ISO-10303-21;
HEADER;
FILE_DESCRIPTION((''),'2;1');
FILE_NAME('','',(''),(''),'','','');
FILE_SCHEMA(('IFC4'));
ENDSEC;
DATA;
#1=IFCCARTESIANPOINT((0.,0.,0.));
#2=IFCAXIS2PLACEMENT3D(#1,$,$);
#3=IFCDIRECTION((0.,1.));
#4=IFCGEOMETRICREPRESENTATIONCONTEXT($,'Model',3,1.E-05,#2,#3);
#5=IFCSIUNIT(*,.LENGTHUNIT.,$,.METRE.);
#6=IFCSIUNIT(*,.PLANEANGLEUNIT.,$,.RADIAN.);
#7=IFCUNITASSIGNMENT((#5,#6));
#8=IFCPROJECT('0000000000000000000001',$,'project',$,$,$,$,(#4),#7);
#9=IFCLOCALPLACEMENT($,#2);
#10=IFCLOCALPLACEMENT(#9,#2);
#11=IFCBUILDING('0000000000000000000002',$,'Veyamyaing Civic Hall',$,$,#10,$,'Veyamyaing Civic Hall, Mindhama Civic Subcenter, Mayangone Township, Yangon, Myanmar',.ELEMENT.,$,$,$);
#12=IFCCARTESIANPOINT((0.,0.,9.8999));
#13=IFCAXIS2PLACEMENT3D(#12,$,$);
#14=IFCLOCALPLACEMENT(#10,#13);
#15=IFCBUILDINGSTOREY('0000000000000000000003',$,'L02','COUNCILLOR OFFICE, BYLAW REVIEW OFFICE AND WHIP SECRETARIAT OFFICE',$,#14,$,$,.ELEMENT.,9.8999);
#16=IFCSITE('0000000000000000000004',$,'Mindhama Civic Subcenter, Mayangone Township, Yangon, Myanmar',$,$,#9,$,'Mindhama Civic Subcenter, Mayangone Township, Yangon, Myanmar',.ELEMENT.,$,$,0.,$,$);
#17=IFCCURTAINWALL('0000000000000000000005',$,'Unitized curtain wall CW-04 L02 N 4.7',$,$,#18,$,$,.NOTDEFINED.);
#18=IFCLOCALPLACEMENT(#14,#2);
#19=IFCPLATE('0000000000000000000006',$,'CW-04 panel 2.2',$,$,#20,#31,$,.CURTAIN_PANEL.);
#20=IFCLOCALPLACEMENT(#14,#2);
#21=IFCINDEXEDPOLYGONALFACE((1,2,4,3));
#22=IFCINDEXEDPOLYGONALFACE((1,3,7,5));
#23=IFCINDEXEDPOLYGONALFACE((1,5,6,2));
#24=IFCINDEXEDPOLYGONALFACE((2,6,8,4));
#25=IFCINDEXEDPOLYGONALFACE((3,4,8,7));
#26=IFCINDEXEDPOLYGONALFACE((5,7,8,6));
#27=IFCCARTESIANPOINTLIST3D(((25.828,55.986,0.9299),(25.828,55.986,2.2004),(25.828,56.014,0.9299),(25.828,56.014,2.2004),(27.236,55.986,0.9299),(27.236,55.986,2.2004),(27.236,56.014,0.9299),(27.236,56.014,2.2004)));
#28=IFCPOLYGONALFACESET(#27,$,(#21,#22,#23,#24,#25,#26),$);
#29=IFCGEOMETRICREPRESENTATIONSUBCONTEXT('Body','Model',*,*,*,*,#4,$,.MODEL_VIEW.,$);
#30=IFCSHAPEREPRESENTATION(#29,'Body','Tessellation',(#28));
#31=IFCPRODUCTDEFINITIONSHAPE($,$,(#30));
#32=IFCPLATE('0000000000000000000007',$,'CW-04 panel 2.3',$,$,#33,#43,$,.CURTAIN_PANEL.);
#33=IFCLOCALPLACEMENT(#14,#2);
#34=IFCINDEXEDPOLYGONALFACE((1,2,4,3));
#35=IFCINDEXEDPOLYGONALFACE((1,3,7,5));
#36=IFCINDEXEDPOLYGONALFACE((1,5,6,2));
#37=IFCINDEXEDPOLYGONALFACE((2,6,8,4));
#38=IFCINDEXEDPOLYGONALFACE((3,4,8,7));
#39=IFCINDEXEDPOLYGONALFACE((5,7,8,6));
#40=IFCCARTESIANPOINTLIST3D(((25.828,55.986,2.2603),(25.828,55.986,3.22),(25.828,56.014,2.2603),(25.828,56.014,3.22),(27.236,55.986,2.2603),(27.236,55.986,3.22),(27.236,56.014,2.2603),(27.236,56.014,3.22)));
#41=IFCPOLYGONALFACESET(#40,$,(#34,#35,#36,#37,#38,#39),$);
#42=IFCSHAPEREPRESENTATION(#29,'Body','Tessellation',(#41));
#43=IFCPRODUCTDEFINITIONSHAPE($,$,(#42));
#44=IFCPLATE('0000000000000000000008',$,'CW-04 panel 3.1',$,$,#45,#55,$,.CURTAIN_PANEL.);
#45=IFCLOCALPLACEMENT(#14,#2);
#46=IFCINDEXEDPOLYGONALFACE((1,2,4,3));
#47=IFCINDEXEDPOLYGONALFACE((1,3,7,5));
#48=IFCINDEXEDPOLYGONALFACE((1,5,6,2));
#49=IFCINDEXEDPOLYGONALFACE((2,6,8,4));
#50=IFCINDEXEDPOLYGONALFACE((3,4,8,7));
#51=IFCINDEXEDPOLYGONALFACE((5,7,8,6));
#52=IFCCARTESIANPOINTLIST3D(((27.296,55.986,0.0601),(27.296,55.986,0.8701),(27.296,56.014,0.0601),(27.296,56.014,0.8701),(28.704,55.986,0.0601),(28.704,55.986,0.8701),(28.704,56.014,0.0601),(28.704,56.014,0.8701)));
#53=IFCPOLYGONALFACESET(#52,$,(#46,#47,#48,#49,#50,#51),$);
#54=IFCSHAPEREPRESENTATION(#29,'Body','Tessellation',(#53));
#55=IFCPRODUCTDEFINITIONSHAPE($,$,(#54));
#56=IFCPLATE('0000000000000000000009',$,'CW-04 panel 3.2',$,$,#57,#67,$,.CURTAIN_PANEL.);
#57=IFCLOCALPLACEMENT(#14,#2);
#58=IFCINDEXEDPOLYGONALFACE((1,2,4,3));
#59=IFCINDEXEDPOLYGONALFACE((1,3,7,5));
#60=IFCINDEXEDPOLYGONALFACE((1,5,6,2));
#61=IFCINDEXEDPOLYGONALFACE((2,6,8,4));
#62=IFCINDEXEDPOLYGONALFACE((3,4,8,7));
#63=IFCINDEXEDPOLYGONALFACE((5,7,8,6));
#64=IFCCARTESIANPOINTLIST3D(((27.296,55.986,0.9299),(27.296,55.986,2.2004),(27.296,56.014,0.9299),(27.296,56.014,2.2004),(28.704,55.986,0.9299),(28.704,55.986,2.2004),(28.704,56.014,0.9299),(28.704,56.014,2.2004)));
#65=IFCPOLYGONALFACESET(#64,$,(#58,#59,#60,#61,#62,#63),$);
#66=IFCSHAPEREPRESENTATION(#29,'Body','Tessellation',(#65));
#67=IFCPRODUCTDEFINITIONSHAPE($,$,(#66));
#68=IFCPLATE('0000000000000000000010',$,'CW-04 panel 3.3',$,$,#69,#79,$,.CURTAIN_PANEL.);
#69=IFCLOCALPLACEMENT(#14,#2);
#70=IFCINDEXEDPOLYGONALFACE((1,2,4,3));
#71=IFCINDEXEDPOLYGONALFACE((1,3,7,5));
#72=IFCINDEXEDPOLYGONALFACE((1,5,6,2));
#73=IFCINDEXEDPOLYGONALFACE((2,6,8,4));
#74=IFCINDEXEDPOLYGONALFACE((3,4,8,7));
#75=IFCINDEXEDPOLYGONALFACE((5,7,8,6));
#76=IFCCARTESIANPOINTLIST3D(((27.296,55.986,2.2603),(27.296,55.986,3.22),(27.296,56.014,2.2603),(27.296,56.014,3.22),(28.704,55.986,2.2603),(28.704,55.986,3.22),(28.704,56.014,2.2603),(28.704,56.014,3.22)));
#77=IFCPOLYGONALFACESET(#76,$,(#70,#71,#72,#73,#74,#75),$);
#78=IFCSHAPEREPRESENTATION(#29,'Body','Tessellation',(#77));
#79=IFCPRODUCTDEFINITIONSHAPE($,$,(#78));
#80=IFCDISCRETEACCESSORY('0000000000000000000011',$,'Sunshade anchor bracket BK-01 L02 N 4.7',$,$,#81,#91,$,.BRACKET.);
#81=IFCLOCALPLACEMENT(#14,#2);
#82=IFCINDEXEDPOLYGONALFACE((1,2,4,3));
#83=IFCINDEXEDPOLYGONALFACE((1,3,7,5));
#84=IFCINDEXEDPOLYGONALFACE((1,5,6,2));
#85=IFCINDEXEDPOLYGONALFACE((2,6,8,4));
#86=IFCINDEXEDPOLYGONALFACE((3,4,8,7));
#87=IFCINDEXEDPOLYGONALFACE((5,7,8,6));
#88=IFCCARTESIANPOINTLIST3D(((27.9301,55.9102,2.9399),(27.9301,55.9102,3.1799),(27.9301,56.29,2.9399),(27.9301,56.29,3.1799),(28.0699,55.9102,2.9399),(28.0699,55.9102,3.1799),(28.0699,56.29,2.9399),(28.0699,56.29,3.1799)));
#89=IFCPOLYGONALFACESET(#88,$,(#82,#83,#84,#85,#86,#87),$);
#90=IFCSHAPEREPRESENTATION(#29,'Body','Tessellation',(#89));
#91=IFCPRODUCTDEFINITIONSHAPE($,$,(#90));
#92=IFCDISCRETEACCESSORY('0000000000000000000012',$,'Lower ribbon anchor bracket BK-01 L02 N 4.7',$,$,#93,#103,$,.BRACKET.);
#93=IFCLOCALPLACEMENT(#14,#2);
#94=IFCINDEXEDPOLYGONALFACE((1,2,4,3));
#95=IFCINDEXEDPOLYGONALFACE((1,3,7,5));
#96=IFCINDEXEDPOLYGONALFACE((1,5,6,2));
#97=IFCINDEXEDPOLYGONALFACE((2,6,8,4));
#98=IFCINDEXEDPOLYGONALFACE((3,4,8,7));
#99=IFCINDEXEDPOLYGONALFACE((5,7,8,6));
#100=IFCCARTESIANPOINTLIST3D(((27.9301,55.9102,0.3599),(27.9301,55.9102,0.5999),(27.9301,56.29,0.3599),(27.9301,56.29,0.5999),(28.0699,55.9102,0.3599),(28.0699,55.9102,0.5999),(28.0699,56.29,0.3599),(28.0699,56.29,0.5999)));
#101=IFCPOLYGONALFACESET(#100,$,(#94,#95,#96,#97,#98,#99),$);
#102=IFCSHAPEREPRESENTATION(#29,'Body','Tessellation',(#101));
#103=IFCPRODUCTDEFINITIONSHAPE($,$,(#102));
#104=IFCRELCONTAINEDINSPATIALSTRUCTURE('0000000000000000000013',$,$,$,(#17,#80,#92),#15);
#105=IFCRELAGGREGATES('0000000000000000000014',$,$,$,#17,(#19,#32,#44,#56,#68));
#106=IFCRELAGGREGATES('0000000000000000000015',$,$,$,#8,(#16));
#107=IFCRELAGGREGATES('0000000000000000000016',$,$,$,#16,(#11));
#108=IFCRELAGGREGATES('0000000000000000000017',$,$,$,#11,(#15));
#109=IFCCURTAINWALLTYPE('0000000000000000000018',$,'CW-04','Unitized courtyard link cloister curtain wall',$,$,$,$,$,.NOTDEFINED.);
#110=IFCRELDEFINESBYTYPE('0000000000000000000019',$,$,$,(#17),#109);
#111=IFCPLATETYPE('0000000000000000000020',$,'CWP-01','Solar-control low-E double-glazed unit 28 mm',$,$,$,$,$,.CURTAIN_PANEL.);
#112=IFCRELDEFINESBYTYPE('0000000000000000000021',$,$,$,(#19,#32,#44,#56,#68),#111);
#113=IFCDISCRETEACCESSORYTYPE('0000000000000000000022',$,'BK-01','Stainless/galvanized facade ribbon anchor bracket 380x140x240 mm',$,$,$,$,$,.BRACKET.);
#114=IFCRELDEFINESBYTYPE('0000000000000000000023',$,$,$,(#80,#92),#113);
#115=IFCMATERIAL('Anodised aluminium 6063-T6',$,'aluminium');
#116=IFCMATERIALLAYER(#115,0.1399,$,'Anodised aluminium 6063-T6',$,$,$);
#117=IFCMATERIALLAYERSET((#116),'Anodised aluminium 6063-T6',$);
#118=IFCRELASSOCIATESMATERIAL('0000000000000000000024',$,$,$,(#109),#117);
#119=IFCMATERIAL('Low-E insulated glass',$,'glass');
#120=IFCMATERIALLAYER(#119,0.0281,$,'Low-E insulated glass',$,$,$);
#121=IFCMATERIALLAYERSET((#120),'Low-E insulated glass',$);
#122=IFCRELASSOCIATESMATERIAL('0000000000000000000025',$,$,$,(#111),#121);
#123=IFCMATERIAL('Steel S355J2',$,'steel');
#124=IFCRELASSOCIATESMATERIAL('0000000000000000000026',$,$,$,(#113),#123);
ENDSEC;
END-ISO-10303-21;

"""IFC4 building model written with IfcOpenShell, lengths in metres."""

from ifc_helpers import new_model, si_unit, direction, frame, origin, origin_2d, place, context, subcontext, project, spatial, rectangle, extrude, material, layer, layer_set, type_object, element, aggregate, save


model = new_model("IFC4")

# Units and contexts
model_context = context("Model", 3, precision=1e-05, world=origin(), true_north=direction((0.0, 1.0)))
body_context = subcontext(model_context, "Body", "Model", "MODEL_VIEW")
ifc_project = project(units=[si_unit("LENGTHUNIT", "METRE"), si_unit("PLANEANGLEUNIT", "RADIAN")], contexts=[model_context])

# Site, building, storey
site_placement = place(None, origin())
site = spatial("IfcSite", under=ifc_project, at=site_placement, Name="Mindhama Civic Subcenter, Mayangone Township, Yangon, Myanmar", LongName="Mindhama Civic Subcenter, Mayangone Township, Yangon, Myanmar", CompositionType="ELEMENT", RefElevation=0.0)
building_placement = place(site_placement, origin())
building = spatial("IfcBuilding", under=site, at=building_placement, Name="Veyamyaing Civic Hall", LongName="Veyamyaing Civic Hall, Mindhama Civic Subcenter, Mayangone Township, Yangon, Myanmar", CompositionType="ELEMENT")
storey_placement = place(building_placement, frame((0.0, 0.0, 9.8999)))
storey = spatial("IfcBuildingStorey", under=building, at=storey_placement, Name="L02", Description="COUNCILLOR OFFICE, BYLAW REVIEW OFFICE AND WHIP SECRETARIAT OFFICE", CompositionType="ELEMENT", Elevation=9.8999)

# Curtain wall, plates
ifc_material_1 = material(Name="Anodised aluminium 6063-T6", Category="aluminium")
ifc_layer_1 = layer(ifc_material_1, 0.1399, Name="Anodised aluminium 6063-T6")
ifc_layer_set_1 = layer_set([ifc_layer_1], Name="Anodised aluminium 6063-T6")
curtain_wall_type = type_object("IfcCurtainWallType", Name="CW-04", Description="Unitized courtyard link cloister curtain wall", PredefinedType="NOTDEFINED", material=ifc_layer_set_1)
curtain_wall_placement = place(storey_placement, origin())
curtain_wall = element("IfcCurtainWall", 1, at=curtain_wall_placement, inside=storey, type_object=curtain_wall_type, Name="Unitized curtain wall CW-04 L02 N 4.7", PredefinedType="NOTDEFINED")
ifc_material_2 = material(Name="Low-E insulated glass", Category="glass")
ifc_layer_2 = layer(ifc_material_2, 0.0281, Name="Low-E insulated glass")
ifc_layer_set_2 = layer_set([ifc_layer_2], Name="Low-E insulated glass")
plate_type = type_object("IfcPlateType", Name="CWP-01", Description="Solar-control low-E double-glazed unit 28 mm", PredefinedType="CURTAIN_PANEL", material=ifc_layer_set_2)
plate_1_placement = place(storey_placement, frame((26.532, 56.0, 0.9299), z_axis=(0.0, 0.0, 1.0), x_axis=(1.0, 0.0, 0.0)))
plate_1 = element("IfcPlate", 2, at=plate_1_placement, type_object=plate_type, Name="CW-04 panel 2.2", PredefinedType="CURTAIN_PANEL", context=body_context, shape_type="SweptSolid", body=[
    extrude(rectangle(XDim=1.408, YDim=0.0281, at=origin_2d()), origin(), (0.0, 0.0, 1.0), 1.2705),
])
plate_2_placement = place(storey_placement, frame((26.532, 56.0, 2.2603), z_axis=(0.0, 0.0, 1.0), x_axis=(1.0, 0.0, 0.0)))
plate_2 = element("IfcPlate", 3, at=plate_2_placement, type_object=plate_type, Name="CW-04 panel 2.3", PredefinedType="CURTAIN_PANEL", context=body_context, shape_type="SweptSolid", body=[
    extrude(rectangle(XDim=1.408, YDim=0.0281, at=origin_2d()), origin(), (0.0, 0.0, 1.0), 0.9597),
])
plate_3_placement = place(storey_placement, frame((28.0, 56.0, 0.0601), z_axis=(0.0, 0.0, 1.0), x_axis=(1.0, 0.0, 0.0)))
plate_3 = element("IfcPlate", 4, at=plate_3_placement, type_object=plate_type, Name="CW-04 panel 3.1", PredefinedType="CURTAIN_PANEL", context=body_context, shape_type="SweptSolid", body=[
    extrude(rectangle(XDim=1.408, YDim=0.0281, at=origin_2d()), origin(), (0.0, 0.0, 1.0), 0.8101),
])
plate_4_placement = place(storey_placement, frame((28.0, 56.0, 0.9299), z_axis=(0.0, 0.0, 1.0), x_axis=(1.0, 0.0, 0.0)))
plate_4 = element("IfcPlate", 5, at=plate_4_placement, type_object=plate_type, Name="CW-04 panel 3.2", PredefinedType="CURTAIN_PANEL", context=body_context, shape_type="SweptSolid", body=[
    extrude(rectangle(XDim=1.408, YDim=0.0281, at=origin_2d()), origin(), (0.0, 0.0, 1.0), 1.2705),
])
plate_5_placement = place(storey_placement, frame((28.0, 56.0, 2.2603), z_axis=(0.0, 0.0, 1.0), x_axis=(1.0, 0.0, 0.0)))
plate_5 = element("IfcPlate", 6, at=plate_5_placement, type_object=plate_type, Name="CW-04 panel 3.3", PredefinedType="CURTAIN_PANEL", context=body_context, shape_type="SweptSolid", body=[
    extrude(rectangle(XDim=1.408, YDim=0.0281, at=origin_2d()), origin(), (0.0, 0.0, 1.0), 0.9597),
])
aggregate(curtain_wall, [plate_1, plate_2, plate_3, plate_4, plate_5])

# Discrete accessories
ifc_material_3 = material(Name="Steel S355J2", Category="steel")
discrete_accessory_type = type_object("IfcDiscreteAccessoryType", Name="BK-01", Description="Stainless/galvanized facade ribbon anchor bracket 380x140x240 mm", PredefinedType="BRACKET", material=ifc_material_3)
for number, where, z_axis, x_axis, name in (
    (7, (28.0, 56.1001, 2.9399), (0.0, 0.0, 1.0), (0.0, 1.0, 0.0), "Sunshade anchor bracket BK-01 L02 N 4.7"),
    (8, (28.0, 56.1001, 0.3599), (0.0, 0.0, 1.0), (0.0, 1.0, 0.0), "Lower ribbon anchor bracket BK-01 L02 N 4.7"),
):
    element("IfcDiscreteAccessory", number, at=place(storey_placement, frame(where, z_axis=z_axis, x_axis=x_axis)), inside=storey, type_object=discrete_accessory_type, Name=name, PredefinedType="BRACKET", context=body_context, shape_type="SweptSolid", body=[
        extrude(rectangle(XDim=0.3799, YDim=0.1399, at=origin_2d()), origin(), (0.0, 0.0, 1.0), 0.24),
    ])

save(model, "model.ifc")
